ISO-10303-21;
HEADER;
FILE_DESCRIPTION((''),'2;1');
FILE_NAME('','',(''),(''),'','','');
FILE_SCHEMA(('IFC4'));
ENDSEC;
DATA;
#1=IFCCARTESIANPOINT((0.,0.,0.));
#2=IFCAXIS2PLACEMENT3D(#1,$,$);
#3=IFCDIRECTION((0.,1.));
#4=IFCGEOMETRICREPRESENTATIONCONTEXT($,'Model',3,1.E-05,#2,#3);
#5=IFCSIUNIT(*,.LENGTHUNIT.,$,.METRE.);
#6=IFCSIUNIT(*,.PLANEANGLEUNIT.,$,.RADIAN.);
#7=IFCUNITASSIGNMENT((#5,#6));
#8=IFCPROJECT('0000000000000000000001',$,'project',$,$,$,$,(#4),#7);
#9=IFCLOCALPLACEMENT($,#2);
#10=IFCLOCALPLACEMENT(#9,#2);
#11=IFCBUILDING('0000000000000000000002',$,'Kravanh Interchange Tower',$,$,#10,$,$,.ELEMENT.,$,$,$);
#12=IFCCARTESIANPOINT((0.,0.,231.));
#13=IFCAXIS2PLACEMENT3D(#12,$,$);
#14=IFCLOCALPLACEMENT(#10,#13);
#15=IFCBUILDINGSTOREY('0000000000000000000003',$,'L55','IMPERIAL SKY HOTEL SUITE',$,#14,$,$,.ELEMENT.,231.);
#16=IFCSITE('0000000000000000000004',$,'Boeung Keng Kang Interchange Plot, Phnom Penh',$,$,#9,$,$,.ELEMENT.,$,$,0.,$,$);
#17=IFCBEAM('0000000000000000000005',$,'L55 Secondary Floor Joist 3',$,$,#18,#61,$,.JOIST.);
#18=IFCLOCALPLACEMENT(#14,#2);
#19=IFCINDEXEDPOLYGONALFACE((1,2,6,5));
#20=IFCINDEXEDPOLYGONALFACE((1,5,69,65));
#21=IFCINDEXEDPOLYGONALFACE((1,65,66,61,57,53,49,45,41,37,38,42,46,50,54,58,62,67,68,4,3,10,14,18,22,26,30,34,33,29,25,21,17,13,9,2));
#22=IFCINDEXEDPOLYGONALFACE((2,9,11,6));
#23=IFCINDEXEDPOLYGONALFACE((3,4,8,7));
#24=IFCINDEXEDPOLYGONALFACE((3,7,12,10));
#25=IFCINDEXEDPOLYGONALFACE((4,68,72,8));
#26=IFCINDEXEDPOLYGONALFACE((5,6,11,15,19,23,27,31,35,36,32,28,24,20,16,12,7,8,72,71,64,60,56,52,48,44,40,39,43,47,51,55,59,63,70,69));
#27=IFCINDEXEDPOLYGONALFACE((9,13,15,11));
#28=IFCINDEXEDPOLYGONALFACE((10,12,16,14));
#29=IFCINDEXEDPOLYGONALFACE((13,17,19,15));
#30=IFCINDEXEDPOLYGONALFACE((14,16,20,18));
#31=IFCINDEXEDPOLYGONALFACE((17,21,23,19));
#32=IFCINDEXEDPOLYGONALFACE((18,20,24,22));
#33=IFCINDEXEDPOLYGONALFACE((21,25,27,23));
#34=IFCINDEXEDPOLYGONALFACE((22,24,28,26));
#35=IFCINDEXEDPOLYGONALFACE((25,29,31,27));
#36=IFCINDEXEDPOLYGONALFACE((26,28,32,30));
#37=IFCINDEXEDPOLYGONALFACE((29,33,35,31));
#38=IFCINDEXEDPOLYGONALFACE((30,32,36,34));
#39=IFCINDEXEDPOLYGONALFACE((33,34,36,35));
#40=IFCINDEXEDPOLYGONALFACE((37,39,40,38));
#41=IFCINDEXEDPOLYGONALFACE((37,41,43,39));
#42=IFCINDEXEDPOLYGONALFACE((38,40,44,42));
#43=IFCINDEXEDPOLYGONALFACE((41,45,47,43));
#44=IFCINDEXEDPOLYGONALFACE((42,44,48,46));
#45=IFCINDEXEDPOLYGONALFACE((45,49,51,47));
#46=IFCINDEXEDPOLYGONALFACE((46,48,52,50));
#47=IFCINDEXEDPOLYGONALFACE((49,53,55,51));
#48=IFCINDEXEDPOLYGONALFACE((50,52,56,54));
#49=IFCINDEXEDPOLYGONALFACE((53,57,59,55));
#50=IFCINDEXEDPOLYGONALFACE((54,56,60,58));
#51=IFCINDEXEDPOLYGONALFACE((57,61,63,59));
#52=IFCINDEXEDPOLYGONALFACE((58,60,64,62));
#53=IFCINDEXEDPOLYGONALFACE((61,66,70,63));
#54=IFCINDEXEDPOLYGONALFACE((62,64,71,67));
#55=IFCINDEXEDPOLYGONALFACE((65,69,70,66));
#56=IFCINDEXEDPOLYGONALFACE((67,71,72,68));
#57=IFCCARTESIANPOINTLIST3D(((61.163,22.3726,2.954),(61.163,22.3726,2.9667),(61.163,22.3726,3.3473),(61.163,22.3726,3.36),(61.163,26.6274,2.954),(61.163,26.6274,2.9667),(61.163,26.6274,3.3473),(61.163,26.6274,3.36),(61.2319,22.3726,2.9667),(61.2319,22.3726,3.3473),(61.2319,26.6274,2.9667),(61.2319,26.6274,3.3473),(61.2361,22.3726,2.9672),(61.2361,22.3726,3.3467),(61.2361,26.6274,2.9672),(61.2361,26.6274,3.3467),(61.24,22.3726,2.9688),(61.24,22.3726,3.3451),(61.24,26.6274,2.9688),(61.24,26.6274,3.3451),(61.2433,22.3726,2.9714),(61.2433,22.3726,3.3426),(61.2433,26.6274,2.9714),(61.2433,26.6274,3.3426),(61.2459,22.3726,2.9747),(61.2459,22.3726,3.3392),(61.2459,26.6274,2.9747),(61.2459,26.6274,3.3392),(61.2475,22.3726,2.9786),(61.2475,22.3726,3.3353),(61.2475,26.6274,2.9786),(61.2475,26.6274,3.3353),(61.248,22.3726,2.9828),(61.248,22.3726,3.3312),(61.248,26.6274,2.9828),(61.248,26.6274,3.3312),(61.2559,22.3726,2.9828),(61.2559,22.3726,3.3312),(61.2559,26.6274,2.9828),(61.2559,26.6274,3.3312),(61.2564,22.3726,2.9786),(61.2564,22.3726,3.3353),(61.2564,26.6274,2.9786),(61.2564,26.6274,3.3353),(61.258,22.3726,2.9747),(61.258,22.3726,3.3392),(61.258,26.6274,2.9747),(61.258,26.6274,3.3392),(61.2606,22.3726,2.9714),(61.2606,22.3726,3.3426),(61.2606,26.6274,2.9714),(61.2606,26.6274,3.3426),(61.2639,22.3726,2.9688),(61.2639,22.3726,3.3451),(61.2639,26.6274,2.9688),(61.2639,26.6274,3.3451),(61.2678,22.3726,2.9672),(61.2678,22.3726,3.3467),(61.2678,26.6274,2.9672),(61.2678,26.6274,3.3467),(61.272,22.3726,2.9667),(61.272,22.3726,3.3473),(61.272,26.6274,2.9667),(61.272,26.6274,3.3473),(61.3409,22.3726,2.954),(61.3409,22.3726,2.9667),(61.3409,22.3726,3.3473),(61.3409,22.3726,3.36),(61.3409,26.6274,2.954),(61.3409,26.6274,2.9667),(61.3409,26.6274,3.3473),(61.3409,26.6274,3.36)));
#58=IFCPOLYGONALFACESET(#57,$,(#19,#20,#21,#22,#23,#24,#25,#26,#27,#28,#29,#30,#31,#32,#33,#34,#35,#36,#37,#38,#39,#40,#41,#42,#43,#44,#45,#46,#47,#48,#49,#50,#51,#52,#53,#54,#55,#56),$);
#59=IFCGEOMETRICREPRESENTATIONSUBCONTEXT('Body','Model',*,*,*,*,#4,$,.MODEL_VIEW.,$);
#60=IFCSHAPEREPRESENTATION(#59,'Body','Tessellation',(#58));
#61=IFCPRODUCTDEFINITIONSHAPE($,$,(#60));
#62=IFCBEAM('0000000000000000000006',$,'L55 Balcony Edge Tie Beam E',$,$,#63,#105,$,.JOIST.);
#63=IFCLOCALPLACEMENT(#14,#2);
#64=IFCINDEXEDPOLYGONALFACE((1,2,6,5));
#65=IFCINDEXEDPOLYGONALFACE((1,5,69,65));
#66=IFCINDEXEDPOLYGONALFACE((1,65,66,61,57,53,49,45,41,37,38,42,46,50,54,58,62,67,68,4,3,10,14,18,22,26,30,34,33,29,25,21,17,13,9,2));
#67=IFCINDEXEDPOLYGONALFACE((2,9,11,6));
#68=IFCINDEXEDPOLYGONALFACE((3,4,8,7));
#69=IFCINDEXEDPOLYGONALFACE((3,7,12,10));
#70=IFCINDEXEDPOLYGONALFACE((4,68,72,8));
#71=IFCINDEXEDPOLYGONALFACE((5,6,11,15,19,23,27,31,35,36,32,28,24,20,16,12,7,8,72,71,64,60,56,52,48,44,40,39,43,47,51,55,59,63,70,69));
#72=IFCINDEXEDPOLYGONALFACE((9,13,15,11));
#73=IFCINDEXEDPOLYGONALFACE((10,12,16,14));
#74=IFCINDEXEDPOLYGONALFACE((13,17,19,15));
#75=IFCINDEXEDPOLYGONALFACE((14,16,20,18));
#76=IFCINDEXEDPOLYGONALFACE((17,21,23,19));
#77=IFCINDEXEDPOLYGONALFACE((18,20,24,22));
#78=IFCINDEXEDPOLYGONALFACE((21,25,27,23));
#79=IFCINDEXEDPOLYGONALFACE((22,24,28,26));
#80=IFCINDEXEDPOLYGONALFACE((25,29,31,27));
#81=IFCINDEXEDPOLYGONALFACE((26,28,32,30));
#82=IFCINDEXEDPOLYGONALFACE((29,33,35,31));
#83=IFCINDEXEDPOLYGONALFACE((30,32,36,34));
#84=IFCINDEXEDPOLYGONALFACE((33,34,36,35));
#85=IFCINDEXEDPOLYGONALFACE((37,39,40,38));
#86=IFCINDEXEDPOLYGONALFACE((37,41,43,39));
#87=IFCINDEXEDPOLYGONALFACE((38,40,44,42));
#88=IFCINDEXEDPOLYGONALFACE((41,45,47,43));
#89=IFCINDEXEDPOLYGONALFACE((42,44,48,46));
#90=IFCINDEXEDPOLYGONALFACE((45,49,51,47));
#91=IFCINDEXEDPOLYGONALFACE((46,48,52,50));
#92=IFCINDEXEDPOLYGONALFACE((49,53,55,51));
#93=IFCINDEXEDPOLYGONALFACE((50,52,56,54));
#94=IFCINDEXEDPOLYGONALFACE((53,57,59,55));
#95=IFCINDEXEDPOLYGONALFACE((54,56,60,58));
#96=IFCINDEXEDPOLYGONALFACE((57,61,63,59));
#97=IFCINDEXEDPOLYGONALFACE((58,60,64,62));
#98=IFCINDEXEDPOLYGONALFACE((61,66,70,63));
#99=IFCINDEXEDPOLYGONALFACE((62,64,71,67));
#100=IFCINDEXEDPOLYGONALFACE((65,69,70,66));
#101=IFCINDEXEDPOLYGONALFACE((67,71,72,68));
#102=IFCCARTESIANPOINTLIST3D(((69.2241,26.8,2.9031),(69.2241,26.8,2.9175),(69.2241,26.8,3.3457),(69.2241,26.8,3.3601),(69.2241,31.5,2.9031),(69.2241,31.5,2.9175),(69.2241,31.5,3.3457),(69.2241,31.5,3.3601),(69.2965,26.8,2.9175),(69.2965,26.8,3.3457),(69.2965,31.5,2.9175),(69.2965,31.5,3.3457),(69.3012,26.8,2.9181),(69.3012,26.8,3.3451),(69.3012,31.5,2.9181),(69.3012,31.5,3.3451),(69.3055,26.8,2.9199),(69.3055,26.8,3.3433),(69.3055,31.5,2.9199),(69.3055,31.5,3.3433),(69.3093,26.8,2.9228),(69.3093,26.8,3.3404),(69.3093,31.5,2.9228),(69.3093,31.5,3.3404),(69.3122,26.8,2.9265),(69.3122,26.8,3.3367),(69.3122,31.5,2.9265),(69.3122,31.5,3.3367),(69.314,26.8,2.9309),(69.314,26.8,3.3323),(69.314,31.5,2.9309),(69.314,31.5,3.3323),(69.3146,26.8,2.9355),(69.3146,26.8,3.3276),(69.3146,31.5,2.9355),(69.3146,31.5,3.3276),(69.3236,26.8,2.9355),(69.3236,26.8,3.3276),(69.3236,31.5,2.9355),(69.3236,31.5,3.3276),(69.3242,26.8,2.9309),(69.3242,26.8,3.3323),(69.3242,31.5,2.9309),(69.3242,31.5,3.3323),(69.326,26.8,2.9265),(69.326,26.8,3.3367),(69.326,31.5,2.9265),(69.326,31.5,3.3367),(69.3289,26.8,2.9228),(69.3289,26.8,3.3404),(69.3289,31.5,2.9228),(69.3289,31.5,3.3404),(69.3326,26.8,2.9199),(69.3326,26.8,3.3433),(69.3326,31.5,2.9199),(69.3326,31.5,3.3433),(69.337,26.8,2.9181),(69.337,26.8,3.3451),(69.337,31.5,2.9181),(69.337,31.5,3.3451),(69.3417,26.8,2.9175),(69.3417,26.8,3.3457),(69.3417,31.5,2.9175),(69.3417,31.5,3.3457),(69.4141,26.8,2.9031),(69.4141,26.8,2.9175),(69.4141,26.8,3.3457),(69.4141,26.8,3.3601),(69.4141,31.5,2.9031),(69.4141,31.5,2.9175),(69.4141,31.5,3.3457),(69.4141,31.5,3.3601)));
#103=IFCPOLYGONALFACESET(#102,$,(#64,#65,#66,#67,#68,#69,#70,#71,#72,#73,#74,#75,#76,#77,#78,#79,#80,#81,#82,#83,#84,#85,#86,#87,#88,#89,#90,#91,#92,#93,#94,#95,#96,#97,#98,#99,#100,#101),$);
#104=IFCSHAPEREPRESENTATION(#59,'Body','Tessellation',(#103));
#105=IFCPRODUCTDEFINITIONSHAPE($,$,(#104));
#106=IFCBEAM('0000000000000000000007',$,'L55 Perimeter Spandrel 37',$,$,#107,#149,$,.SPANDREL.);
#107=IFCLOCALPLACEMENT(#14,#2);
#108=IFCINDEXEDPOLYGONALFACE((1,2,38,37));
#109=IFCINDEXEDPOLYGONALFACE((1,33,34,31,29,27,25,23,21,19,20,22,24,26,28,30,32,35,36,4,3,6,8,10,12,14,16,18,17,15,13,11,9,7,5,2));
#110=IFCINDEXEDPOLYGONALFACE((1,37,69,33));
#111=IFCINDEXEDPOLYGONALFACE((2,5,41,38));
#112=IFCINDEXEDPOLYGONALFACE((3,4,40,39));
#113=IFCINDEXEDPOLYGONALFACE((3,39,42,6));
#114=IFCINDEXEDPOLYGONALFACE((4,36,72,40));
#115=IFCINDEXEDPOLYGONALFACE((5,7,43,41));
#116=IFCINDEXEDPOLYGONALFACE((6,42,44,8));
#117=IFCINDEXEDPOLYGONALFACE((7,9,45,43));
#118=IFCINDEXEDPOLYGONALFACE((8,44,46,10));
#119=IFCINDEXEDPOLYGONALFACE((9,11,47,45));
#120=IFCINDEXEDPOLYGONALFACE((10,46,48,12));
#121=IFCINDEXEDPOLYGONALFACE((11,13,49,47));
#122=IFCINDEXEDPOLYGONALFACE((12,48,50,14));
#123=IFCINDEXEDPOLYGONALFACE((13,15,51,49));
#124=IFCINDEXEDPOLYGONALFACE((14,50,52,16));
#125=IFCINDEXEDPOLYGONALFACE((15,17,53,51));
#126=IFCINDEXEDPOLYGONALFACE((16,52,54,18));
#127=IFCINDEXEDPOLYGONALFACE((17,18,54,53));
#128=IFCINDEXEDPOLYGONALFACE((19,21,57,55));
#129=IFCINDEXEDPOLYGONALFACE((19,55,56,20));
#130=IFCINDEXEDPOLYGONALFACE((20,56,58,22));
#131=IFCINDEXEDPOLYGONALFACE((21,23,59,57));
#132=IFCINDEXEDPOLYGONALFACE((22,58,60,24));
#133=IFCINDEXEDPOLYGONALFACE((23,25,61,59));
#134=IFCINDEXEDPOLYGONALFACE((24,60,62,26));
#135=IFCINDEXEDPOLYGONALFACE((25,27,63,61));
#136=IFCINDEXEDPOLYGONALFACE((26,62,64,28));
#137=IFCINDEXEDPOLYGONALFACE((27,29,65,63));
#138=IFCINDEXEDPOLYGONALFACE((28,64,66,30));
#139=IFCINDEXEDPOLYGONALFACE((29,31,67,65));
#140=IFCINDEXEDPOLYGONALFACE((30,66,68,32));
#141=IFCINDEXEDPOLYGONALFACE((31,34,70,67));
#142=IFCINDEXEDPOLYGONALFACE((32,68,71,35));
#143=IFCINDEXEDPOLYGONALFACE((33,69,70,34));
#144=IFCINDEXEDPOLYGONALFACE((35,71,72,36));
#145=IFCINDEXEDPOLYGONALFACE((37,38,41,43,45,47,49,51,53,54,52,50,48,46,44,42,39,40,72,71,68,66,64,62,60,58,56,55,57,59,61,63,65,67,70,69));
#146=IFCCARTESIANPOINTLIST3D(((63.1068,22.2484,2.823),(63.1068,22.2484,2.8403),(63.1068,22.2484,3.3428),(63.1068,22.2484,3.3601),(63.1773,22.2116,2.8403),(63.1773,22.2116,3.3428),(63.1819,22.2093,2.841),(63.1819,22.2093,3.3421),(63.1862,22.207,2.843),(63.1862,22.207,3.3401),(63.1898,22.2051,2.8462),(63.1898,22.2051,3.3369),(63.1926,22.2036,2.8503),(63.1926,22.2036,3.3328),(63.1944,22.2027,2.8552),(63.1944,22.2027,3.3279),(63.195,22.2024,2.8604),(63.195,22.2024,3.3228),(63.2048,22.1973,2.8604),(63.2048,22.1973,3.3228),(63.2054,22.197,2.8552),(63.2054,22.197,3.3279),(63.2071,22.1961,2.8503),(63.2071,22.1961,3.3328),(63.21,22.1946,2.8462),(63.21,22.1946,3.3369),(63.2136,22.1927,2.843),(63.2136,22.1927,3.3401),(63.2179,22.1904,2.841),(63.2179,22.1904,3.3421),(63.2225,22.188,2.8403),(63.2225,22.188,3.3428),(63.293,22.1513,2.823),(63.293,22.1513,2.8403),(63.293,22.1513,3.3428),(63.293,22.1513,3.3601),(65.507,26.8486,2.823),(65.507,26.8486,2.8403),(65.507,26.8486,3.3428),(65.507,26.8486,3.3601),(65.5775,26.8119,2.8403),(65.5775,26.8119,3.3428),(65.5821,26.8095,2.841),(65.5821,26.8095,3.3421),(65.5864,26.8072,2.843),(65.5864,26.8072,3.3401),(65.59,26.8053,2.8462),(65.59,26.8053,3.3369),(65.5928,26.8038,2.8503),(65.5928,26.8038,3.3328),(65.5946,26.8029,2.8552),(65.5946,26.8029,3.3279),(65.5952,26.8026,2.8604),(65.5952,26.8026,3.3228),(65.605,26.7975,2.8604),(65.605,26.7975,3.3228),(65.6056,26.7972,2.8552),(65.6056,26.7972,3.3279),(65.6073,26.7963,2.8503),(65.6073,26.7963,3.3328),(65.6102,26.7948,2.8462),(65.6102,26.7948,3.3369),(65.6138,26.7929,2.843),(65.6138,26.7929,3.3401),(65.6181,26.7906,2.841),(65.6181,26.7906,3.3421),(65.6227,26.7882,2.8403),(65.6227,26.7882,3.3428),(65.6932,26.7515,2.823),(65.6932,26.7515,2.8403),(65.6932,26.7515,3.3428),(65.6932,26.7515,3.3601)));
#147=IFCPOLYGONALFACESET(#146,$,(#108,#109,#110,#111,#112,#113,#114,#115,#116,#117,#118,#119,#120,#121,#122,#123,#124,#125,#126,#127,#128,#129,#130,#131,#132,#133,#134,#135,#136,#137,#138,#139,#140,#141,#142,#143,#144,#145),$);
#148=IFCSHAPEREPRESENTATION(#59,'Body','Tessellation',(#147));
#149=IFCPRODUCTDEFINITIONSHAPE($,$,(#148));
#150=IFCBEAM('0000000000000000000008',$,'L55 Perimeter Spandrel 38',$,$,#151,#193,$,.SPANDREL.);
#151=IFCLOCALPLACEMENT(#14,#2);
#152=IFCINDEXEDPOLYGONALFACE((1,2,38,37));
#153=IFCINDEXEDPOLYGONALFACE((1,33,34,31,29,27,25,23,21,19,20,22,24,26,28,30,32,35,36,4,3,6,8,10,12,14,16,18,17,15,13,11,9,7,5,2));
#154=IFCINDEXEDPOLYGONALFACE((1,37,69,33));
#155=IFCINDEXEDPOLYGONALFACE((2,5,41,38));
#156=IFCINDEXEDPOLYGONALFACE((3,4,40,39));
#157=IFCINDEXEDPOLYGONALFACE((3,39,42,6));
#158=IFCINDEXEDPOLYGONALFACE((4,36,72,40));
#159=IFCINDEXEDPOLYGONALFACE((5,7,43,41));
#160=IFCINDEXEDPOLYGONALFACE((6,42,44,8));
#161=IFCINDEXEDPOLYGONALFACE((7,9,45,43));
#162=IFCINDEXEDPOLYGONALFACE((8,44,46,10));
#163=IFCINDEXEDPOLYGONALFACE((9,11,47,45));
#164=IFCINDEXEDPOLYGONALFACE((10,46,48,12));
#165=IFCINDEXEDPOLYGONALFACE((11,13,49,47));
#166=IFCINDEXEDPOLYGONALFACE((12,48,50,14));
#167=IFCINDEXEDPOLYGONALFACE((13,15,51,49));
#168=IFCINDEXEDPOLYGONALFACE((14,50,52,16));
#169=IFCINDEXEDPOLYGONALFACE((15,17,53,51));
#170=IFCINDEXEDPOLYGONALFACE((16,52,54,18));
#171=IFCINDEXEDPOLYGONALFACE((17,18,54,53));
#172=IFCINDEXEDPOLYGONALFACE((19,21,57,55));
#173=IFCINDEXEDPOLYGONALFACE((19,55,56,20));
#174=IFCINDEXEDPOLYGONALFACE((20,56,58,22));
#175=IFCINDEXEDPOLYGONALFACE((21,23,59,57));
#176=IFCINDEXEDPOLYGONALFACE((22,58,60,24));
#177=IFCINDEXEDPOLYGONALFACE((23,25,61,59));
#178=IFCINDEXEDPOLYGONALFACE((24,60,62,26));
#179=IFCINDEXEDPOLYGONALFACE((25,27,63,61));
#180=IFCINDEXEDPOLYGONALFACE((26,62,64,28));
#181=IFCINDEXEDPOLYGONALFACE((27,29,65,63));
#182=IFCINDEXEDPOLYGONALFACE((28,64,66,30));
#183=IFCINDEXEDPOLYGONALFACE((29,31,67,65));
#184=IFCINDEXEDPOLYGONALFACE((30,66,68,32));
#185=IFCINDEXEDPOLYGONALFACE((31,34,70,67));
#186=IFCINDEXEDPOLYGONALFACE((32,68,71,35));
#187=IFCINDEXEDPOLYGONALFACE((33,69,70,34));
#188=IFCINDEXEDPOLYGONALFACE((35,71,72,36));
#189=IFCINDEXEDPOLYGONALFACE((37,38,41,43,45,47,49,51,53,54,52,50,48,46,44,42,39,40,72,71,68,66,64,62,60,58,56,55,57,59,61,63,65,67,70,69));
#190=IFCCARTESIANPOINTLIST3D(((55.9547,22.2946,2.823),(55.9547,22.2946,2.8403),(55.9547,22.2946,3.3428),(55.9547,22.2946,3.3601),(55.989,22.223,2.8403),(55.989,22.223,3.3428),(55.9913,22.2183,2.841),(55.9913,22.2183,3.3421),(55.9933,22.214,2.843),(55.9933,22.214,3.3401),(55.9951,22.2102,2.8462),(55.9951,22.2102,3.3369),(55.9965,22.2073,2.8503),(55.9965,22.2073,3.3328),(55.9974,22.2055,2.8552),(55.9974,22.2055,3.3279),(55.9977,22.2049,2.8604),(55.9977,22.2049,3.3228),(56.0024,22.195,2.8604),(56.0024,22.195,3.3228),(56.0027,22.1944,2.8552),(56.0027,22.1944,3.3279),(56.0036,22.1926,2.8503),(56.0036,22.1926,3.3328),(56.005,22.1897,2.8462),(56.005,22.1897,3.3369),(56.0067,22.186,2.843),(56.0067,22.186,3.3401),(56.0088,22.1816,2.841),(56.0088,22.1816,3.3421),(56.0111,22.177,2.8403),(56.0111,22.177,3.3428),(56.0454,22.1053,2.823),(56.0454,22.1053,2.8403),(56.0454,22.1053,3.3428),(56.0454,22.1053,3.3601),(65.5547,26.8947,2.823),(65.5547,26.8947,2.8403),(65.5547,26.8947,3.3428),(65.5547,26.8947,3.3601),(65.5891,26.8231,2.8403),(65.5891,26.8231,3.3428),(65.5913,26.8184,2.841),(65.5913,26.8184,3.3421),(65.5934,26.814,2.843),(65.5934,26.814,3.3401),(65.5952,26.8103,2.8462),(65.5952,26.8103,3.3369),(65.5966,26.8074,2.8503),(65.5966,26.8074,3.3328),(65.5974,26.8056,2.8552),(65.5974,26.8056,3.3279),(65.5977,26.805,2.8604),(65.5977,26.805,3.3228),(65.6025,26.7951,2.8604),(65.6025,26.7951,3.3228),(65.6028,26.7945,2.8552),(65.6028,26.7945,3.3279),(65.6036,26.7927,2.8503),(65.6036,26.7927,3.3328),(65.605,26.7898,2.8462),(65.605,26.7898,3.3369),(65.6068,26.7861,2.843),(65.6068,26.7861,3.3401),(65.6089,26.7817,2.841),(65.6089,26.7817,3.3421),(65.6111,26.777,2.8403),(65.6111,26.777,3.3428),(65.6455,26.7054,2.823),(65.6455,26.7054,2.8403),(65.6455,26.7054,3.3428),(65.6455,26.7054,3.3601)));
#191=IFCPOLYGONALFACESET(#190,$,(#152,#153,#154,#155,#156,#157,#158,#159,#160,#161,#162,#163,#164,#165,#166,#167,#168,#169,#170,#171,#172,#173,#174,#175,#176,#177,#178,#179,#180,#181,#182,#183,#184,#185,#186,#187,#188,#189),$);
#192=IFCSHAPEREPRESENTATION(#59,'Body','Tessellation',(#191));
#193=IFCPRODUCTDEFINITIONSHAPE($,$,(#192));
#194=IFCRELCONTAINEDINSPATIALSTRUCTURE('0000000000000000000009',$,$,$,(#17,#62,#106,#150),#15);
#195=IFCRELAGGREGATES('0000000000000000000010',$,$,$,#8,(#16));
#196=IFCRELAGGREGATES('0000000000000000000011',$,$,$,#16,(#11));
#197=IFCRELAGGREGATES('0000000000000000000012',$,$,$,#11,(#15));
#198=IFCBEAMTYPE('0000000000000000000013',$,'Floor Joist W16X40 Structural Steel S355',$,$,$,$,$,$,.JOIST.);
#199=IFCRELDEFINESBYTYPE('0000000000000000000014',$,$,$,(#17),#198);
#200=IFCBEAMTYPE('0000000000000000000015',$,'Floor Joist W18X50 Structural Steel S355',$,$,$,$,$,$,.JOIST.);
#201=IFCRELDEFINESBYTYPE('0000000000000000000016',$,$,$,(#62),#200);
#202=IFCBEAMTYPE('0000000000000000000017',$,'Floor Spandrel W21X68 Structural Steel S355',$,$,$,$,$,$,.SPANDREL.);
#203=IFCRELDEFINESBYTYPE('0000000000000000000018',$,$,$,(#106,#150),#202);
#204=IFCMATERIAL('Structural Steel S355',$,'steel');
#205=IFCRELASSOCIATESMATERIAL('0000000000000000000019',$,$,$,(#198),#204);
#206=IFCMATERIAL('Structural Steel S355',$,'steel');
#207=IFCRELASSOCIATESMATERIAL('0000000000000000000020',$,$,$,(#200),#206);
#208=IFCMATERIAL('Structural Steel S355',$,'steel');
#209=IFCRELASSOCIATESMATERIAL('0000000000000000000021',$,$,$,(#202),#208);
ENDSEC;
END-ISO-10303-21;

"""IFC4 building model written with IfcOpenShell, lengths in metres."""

from ifc_helpers import new_model, si_unit, direction, frame, origin, origin_2d, place, context, subcontext, project, spatial, i_section, extrude, material, material_profile, profile_set, type_object, element, save


model = new_model("IFC4")

# Units and contexts
model_context = context("Model", 3, precision=1e-05, world=origin(), true_north=direction((0.0, 1.0)))
body_context = subcontext(model_context, "Body", "Model", "MODEL_VIEW")
ifc_project = project(units=[si_unit("LENGTHUNIT", "METRE"), si_unit("PLANEANGLEUNIT", "RADIAN")], contexts=[model_context])

# Site, building, storey
site_placement = place(None, origin())
site = spatial("IfcSite", under=ifc_project, at=site_placement, Name="Boeung Keng Kang Interchange Plot, Phnom Penh", CompositionType="ELEMENT", RefElevation=0.0)
building_placement = place(site_placement, origin())
building = spatial("IfcBuilding", under=site, at=building_placement, Name="Kravanh Interchange Tower", CompositionType="ELEMENT")
storey_placement = place(building_placement, frame((0.0, 0.0, 231.0)))
storey = spatial("IfcBuildingStorey", under=building, at=storey_placement, Name="L55", Description="IMPERIAL SKY HOTEL SUITE", CompositionType="ELEMENT", Elevation=231.0)

# Beams
ifc_material_1 = material(Name="Structural Steel S355", Category="steel")
ifc_material_profile_1 = material_profile(ifc_material_1, i_section(OverallWidth=0.178, OverallDepth=0.406, WebThickness=0.0078, FlangeThickness=0.0127, FilletRadius=0.0161, at=origin_2d()), Name="W16X40")
ifc_profile_set_1 = profile_set([ifc_material_profile_1], Name="Structural Steel S355")
beam_type_1 = type_object("IfcBeamType", Name="Floor Joist W16X40 Structural Steel S355", PredefinedType="JOIST", material=ifc_profile_set_1)
for number, where, z_axis, x_axis, name in (
    (1, (61.252, 22.3726, 3.157), (0.0, 1.0, 0.0), (-1.0, 0.0, 0.0), "L55 Secondary Floor Joist 3"),
):
    element("IfcBeam", number, at=place(storey_placement, frame(where, z_axis=z_axis, x_axis=x_axis)), inside=storey, type_object=beam_type_1, Name=name, PredefinedType="JOIST", context=body_context, shape_type="SweptSolid", body=[
        extrude(i_section(OverallWidth=0.178, OverallDepth=0.406, WebThickness=0.0078, FlangeThickness=0.0127, FilletRadius=0.0161, at=origin_2d()), origin(), (0.0, 0.0, 1.0), 4.2549),
    ])
ifc_material_2 = material(Name="Structural Steel S355", Category="steel")
ifc_material_profile_2 = material_profile(ifc_material_2, i_section(OverallWidth=0.1899, OverallDepth=0.457, WebThickness=0.009, FlangeThickness=0.0144, FilletRadius=0.0181, at=origin_2d()), Name="W18X50")
ifc_profile_set_2 = profile_set([ifc_material_profile_2], Name="Structural Steel S355")
beam_type_2 = type_object("IfcBeamType", Name="Floor Joist W18X50 Structural Steel S355", PredefinedType="JOIST", material=ifc_profile_set_2)
beam_1_placement = place(storey_placement, frame((69.3191, 26.8, 3.1316), z_axis=(0.0, 1.0, 0.0), x_axis=(-1.0, 0.0, 0.0)))
element("IfcBeam", 2, at=beam_1_placement, inside=storey, type_object=beam_type_2, Name="L55 Balcony Edge Tie Beam E", PredefinedType="JOIST", context=body_context, shape_type="SweptSolid", body=[
    extrude(i_section(OverallWidth=0.1899, OverallDepth=0.457, WebThickness=0.009, FlangeThickness=0.0144, FilletRadius=0.0181, at=origin_2d()), origin(), (0.0, 0.0, 1.0), 4.7),
])
ifc_material_3 = material(Name="Structural Steel S355", Category="steel")
ifc_material_profile_3 = material_profile(ifc_material_3, i_section(OverallWidth=0.21, OverallDepth=0.5371, WebThickness=0.011, FlangeThickness=0.0173, FilletRadius=0.02, at=origin_2d()), Name="W21X68")
ifc_profile_set_3 = profile_set([ifc_material_profile_3], Name="Structural Steel S355")
beam_type_3 = type_object("IfcBeamType", Name="Floor Spandrel W21X68 Structural Steel S355", PredefinedType="SPANDREL", material=ifc_profile_set_3)
beam_2_placement = place(storey_placement, frame((65.6001, 26.8, 3.0916), z_axis=(-0.46258, -0.886577, 0.0), x_axis=(0.886577, -0.46258, 0.0)))
element("IfcBeam", 3, at=beam_2_placement, inside=storey, type_object=beam_type_3, Name="L55 Perimeter Spandrel 37", PredefinedType="SPANDREL", context=body_context, shape_type="SweptSolid", body=[
    extrude(i_section(OverallWidth=0.21, OverallDepth=0.5371, WebThickness=0.011, FlangeThickness=0.0173, FilletRadius=0.02, at=origin_2d()), origin(), (0.0, 0.0, 1.0), 5.1887),
])
beam_3_placement = place(storey_placement, frame((65.6001, 26.8, 3.0916), z_axis=(-0.901814, -0.432124, 0.0), x_axis=(0.432124, -0.901814, 0.0)))
element("IfcBeam", 4, at=beam_3_placement, inside=storey, type_object=beam_type_3, Name="L55 Perimeter Spandrel 38", PredefinedType="SPANDREL", context=body_context, shape_type="SweptSolid", body=[
    extrude(i_section(OverallWidth=0.21, OverallDepth=0.5371, WebThickness=0.011, FlangeThickness=0.0173, FilletRadius=0.02, at=origin_2d()), origin(), (0.0, 0.0, 1.0), 10.6453),
])

save(model, "model.ifc")
